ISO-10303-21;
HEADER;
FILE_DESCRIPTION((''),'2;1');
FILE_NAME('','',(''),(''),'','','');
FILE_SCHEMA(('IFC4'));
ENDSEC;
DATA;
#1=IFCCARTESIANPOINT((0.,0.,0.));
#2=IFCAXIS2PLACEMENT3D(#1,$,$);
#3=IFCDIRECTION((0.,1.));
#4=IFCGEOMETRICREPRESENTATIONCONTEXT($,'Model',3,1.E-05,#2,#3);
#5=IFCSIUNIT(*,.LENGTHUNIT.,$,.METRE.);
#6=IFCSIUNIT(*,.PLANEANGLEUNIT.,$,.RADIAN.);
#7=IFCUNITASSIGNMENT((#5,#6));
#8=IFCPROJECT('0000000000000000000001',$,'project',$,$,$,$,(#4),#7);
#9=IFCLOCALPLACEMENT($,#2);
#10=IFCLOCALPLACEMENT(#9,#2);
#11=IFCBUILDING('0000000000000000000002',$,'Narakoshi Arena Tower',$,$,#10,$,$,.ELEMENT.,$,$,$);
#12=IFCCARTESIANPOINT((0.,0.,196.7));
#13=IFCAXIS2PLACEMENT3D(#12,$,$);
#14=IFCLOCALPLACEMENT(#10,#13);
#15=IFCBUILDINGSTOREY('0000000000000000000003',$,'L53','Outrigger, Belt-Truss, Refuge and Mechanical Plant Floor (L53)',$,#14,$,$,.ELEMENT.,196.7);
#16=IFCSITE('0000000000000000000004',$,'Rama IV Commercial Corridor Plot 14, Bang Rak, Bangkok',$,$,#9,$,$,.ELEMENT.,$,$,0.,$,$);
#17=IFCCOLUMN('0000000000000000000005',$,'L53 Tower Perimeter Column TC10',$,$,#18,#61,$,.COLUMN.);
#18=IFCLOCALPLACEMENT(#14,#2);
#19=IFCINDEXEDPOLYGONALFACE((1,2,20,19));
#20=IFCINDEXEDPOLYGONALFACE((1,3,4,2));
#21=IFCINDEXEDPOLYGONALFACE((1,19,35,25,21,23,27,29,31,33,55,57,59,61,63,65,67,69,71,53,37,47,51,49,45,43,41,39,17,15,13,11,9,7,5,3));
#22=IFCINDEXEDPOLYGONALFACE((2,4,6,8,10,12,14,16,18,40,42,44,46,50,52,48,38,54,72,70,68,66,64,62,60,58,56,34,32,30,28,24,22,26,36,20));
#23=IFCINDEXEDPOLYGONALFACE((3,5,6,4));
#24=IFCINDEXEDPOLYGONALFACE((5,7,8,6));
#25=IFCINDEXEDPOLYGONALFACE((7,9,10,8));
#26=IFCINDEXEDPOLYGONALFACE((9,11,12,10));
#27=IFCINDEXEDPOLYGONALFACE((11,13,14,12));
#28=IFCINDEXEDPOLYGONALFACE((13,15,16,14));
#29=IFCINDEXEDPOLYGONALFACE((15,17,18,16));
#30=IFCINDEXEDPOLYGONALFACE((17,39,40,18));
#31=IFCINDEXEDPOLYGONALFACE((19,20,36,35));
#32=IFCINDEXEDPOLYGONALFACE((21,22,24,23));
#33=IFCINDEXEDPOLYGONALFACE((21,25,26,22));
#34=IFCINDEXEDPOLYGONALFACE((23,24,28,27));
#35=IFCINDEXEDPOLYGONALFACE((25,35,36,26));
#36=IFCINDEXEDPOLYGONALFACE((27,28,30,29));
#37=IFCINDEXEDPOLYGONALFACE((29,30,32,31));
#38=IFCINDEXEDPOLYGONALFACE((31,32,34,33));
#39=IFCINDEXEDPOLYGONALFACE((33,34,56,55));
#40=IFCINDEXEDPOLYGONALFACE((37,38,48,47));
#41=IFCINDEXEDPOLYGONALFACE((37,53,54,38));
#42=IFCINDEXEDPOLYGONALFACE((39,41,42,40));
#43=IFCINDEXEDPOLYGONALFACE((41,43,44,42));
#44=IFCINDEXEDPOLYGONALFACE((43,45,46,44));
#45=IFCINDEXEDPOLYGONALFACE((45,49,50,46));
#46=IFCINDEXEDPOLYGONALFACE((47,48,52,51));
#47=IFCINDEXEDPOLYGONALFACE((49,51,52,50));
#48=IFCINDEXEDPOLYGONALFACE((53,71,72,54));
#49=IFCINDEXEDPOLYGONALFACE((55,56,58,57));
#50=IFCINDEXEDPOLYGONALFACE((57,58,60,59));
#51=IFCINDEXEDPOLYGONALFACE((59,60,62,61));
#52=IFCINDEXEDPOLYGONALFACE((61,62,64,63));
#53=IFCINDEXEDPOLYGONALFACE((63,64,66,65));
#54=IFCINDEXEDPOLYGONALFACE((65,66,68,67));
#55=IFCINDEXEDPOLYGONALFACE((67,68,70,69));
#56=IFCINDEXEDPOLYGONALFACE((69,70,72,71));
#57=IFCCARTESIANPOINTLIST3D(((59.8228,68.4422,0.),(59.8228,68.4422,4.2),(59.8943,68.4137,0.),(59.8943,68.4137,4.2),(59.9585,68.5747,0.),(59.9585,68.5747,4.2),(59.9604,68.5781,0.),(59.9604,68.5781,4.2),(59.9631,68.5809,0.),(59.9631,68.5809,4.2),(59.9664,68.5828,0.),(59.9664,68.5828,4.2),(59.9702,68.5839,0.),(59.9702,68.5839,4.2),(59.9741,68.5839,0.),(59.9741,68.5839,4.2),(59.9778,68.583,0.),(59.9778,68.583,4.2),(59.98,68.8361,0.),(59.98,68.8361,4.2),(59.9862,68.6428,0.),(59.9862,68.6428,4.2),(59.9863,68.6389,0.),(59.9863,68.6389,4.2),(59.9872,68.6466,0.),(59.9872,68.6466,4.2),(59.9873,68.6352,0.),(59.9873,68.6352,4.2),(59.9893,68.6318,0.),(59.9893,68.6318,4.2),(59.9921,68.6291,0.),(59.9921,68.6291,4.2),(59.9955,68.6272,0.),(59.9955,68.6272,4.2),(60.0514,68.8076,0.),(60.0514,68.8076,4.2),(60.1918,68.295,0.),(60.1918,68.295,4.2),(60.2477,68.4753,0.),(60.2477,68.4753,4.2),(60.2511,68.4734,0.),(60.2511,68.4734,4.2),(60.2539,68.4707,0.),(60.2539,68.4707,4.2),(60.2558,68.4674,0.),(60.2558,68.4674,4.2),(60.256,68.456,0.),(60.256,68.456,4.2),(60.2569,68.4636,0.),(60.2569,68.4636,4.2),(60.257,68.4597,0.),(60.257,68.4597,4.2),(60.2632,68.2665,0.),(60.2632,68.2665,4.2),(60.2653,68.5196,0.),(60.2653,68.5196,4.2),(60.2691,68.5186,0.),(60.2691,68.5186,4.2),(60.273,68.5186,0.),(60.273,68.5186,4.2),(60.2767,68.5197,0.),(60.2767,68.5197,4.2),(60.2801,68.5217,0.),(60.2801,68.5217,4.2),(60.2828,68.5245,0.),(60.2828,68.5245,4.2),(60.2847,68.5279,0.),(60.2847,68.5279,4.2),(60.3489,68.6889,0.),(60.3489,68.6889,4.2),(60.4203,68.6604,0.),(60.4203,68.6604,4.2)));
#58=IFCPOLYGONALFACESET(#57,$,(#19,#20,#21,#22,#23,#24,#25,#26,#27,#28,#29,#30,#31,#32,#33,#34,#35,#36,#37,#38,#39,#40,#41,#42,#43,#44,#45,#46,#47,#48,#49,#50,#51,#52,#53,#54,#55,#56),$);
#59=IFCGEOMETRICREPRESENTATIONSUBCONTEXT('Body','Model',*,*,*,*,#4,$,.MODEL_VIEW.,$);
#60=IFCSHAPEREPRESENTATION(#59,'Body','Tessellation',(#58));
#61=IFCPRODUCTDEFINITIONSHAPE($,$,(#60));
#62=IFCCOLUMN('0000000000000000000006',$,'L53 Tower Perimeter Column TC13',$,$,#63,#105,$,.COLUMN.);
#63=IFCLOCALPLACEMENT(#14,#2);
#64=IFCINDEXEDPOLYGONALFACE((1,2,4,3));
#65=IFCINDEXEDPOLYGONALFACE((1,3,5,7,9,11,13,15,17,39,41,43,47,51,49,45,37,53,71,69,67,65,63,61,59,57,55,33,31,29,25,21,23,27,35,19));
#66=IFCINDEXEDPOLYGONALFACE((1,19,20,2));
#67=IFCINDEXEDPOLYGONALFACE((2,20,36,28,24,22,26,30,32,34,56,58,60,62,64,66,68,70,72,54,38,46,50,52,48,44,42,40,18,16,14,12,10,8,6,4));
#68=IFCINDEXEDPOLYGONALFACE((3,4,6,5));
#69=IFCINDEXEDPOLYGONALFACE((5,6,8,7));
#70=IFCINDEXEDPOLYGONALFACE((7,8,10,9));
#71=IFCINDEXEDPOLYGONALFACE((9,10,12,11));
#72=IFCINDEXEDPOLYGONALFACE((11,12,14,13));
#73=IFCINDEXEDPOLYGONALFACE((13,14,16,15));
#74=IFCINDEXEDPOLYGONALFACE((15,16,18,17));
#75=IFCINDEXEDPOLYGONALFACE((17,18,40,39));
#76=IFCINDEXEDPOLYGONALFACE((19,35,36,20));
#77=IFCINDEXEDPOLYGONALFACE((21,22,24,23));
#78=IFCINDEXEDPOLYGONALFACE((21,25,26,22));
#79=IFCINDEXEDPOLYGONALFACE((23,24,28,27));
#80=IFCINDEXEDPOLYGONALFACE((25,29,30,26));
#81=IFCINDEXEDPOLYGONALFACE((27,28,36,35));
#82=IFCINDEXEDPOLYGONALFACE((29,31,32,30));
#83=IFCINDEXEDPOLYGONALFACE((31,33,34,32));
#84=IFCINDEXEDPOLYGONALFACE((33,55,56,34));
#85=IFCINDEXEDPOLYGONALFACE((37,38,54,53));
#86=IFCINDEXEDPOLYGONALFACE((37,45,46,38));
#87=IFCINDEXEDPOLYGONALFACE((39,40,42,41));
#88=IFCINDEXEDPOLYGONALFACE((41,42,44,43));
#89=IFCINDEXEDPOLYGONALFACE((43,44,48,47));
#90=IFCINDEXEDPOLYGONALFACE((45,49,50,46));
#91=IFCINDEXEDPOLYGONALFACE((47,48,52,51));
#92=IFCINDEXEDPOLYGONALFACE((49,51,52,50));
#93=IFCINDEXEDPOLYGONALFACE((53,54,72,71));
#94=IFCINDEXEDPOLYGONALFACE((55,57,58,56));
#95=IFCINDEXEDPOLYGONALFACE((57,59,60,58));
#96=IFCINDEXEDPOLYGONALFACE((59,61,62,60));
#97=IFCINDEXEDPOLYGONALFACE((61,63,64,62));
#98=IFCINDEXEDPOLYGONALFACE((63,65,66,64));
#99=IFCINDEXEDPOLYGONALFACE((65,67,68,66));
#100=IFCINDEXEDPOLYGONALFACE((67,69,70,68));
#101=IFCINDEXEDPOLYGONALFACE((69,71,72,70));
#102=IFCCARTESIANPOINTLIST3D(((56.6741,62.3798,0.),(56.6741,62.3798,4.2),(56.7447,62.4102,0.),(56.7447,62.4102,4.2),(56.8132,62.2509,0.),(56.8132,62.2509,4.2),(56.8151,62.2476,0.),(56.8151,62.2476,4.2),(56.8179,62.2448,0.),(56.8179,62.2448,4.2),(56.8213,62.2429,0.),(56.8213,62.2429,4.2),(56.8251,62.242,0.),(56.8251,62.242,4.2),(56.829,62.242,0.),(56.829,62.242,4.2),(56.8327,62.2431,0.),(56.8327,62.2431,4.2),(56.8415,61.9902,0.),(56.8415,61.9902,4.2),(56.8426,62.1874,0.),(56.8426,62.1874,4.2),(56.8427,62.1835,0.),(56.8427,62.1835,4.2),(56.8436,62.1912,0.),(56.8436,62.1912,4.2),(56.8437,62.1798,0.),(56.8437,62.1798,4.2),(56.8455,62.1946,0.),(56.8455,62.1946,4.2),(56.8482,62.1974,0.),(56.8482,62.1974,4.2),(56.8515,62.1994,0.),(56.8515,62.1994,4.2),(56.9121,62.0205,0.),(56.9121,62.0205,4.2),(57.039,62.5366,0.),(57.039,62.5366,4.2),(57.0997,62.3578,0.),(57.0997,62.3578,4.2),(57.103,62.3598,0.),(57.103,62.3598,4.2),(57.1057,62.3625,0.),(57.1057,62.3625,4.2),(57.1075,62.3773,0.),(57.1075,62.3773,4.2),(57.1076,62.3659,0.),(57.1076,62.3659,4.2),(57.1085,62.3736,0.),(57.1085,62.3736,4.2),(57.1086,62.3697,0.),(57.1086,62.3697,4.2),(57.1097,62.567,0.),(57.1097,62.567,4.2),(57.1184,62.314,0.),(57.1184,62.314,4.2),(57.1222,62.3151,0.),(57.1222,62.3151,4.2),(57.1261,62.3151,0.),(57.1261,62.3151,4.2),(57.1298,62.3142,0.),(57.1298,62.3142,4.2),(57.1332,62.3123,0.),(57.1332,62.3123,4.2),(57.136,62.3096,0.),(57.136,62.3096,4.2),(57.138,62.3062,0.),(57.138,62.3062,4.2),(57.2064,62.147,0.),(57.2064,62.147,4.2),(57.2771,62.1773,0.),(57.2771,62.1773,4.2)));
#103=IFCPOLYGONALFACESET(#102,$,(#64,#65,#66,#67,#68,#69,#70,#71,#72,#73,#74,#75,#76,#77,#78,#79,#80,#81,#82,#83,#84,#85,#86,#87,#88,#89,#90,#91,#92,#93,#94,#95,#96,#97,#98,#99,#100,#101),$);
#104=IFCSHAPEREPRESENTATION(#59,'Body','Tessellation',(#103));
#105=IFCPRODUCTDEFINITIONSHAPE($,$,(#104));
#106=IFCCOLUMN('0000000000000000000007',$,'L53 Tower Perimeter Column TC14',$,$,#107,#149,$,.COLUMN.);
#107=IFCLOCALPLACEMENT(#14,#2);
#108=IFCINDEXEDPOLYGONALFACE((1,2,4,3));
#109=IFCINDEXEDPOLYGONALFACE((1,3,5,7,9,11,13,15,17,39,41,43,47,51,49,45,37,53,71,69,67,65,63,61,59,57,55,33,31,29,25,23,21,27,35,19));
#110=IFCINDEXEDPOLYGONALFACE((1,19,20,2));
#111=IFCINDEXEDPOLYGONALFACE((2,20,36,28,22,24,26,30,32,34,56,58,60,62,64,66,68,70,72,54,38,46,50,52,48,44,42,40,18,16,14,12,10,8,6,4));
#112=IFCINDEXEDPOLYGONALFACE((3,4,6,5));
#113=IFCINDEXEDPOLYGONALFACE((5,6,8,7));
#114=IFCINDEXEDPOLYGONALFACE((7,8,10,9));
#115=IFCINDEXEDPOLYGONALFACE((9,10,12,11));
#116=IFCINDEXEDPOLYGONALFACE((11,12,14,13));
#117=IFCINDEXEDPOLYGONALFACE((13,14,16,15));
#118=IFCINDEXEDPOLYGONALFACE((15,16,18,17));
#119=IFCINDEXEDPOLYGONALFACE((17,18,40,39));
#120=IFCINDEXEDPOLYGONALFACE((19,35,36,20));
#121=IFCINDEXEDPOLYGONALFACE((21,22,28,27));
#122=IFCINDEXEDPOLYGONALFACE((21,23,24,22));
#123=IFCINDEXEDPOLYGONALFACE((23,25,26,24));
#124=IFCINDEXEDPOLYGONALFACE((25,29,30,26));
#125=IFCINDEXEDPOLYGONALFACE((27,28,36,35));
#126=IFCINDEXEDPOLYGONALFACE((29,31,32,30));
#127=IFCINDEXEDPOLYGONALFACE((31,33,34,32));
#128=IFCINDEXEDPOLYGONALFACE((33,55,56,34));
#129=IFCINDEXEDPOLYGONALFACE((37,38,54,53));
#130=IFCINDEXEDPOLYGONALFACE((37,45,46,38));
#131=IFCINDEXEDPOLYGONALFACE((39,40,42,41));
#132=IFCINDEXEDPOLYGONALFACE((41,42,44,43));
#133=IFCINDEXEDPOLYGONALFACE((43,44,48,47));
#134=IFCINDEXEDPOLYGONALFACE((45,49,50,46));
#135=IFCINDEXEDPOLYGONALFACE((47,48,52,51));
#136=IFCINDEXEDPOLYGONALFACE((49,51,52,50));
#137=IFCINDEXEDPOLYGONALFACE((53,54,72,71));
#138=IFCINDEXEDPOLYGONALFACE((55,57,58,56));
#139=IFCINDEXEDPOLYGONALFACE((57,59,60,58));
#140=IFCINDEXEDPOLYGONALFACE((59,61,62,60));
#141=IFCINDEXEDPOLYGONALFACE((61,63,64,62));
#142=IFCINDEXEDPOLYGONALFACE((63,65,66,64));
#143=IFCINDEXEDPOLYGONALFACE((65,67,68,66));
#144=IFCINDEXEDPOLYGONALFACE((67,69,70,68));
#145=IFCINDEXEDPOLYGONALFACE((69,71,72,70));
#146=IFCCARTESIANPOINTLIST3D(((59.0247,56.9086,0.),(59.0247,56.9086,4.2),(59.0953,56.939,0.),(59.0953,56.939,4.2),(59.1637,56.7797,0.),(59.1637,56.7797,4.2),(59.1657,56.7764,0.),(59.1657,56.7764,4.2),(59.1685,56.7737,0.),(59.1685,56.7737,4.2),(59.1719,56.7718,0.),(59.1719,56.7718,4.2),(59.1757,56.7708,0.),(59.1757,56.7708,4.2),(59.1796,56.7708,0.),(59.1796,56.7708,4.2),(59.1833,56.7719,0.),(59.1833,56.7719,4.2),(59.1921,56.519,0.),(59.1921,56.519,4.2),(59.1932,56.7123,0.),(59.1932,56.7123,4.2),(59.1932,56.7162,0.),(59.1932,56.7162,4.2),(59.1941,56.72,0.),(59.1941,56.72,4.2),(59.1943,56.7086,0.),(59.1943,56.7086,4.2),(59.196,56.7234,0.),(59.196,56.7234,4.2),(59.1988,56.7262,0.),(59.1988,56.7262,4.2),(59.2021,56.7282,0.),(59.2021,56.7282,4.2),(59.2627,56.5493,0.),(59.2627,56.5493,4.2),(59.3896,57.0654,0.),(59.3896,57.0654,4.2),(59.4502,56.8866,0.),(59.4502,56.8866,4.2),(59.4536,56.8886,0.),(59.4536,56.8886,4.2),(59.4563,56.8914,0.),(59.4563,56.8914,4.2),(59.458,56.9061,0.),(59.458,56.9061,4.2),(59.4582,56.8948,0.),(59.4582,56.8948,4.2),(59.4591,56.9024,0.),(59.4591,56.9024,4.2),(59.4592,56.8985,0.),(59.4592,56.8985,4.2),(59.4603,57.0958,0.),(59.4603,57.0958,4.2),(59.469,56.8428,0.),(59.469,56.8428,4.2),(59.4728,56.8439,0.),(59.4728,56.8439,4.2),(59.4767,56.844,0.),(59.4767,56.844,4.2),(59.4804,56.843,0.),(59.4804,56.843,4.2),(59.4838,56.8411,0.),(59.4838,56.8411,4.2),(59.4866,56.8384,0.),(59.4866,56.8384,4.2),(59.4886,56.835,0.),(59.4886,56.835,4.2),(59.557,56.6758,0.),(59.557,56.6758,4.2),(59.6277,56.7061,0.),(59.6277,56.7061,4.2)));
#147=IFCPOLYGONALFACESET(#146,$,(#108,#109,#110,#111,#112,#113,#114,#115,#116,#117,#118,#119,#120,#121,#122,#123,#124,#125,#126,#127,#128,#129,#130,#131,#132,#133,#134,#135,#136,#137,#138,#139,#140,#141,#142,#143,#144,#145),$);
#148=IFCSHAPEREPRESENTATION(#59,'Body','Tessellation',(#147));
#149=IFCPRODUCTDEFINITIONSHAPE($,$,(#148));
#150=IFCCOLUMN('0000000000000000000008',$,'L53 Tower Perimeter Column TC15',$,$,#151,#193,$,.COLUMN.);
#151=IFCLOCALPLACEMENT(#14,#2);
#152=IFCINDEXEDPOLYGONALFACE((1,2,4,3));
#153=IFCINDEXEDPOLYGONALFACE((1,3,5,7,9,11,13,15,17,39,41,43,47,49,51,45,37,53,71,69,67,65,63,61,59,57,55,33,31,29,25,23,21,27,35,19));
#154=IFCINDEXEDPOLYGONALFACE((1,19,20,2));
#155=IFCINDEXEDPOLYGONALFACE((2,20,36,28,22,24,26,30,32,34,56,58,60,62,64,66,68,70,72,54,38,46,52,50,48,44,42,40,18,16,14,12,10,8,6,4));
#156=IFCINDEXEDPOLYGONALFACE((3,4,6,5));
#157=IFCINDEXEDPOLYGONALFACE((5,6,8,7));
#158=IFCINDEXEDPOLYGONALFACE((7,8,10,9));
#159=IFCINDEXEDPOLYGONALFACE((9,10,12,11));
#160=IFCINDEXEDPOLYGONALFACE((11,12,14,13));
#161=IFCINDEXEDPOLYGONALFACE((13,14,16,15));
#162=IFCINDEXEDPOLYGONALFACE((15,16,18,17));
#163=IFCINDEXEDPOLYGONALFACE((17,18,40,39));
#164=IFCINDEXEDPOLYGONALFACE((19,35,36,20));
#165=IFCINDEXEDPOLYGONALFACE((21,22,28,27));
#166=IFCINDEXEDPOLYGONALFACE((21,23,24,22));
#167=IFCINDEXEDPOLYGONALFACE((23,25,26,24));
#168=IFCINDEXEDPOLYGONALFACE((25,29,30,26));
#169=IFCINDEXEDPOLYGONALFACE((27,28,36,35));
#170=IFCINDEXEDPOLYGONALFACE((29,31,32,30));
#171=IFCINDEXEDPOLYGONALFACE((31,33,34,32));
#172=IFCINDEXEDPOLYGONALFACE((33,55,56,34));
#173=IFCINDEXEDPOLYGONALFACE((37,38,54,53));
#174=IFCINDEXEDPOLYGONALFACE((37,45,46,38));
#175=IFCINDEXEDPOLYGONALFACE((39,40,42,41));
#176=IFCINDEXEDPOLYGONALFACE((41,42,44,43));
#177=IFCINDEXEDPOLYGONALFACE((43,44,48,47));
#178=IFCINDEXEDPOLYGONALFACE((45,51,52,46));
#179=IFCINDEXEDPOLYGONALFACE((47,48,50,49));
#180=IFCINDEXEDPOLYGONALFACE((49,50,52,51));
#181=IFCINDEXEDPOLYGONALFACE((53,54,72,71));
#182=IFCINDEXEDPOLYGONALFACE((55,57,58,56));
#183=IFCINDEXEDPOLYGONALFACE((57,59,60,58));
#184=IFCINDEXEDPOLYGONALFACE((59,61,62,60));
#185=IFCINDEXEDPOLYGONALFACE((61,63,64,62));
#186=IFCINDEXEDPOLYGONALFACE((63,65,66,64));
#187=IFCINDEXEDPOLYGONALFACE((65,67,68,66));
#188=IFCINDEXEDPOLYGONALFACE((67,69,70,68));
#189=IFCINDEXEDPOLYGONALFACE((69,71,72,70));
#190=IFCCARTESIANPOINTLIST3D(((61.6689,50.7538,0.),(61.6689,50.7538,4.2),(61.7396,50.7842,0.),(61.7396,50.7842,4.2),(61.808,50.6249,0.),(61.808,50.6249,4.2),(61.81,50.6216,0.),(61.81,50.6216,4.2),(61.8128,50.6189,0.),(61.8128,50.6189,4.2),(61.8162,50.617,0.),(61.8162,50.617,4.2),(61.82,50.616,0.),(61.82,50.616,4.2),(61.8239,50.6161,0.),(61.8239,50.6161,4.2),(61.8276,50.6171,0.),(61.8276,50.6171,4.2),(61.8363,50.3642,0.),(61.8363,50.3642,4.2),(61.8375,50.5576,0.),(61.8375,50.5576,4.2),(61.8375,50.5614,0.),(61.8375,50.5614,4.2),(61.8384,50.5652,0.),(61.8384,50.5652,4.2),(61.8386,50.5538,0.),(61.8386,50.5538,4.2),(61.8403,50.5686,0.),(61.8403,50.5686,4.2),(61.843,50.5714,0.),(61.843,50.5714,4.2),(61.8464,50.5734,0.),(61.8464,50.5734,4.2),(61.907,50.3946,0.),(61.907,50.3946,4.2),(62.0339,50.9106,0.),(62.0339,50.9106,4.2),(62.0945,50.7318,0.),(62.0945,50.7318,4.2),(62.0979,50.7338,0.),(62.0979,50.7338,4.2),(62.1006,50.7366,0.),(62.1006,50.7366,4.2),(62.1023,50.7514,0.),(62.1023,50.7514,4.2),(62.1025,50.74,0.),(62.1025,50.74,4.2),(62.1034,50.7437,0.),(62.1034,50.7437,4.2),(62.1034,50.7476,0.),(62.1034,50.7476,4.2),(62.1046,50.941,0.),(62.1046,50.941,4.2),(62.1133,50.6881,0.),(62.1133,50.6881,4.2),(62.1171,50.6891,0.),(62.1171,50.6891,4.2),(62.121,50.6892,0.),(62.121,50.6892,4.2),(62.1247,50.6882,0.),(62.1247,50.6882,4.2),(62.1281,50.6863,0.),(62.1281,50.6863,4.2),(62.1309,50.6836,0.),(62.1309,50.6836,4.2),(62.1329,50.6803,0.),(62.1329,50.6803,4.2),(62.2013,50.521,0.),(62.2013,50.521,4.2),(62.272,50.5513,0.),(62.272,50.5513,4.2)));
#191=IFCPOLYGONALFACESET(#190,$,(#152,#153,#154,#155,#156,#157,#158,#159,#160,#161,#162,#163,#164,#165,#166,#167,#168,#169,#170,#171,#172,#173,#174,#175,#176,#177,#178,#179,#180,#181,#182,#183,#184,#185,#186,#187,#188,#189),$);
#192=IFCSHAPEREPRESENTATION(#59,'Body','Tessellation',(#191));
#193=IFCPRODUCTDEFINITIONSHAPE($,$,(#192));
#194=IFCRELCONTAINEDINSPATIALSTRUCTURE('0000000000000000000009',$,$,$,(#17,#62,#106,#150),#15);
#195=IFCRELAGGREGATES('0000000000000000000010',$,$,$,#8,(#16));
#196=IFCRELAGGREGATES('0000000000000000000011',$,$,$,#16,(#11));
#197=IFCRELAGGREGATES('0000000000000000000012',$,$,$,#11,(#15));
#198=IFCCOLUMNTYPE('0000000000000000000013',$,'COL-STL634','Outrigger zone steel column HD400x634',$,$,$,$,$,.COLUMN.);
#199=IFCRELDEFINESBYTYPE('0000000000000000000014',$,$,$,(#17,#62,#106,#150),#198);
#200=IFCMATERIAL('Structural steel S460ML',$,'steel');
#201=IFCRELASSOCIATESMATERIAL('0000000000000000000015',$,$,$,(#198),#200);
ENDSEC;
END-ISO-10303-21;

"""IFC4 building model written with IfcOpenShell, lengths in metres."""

from ifc_helpers import new_model, si_unit, direction, frame, origin, origin_2d, place, context, subcontext, project, spatial, i_section, extrude, material, material_profile, profile_set, type_object, element, save


model = new_model("IFC4")

# Units and contexts
model_context = context("Model", 3, precision=1e-05, world=origin(), true_north=direction((0.0, 1.0)))
body_context = subcontext(model_context, "Body", "Model", "MODEL_VIEW")
ifc_project = project(units=[si_unit("LENGTHUNIT", "METRE"), si_unit("PLANEANGLEUNIT", "RADIAN")], contexts=[model_context])

# Site, building, storey
site_placement = place(None, origin())
site = spatial("IfcSite", under=ifc_project, at=site_placement, Name="Rama IV Commercial Corridor Plot 14, Bang Rak, Bangkok", CompositionType="ELEMENT", RefElevation=0.0)
building_placement = place(site_placement, origin())
building = spatial("IfcBuilding", under=site, at=building_placement, Name="Narakoshi Arena Tower", CompositionType="ELEMENT")
storey_placement = place(building_placement, frame((0.0, 0.0, 196.7)))
storey = spatial("IfcBuildingStorey", under=building, at=storey_placement, Name="L53", Description="Outrigger, Belt-Truss, Refuge and Mechanical Plant Floor (L53)", CompositionType="ELEMENT", Elevation=196.7)

# Columns
ifc_material_1 = material(Name="Structural steel S460ML", Category="steel")
ifc_material_profile_1 = material_profile(ifc_material_1, i_section(OverallWidth=0.4241, OverallDepth=0.4741, WebThickness=0.0476, FlangeThickness=0.0769, FilletRadius=0.0149, at=origin_2d()), Name="HD400x634")
ifc_profile_set_1 = profile_set([ifc_material_profile_1], Name="Structural steel S460ML")
column_type = type_object("IfcColumnType", Name="COL-STL634", Description="Outrigger zone steel column HD400x634", PredefinedType="COLUMN", material=ifc_profile_set_1)
for number, where, z_axis, x_axis, name in (
    (1, (60.1216, 68.5513, 0.0), (0.0, 0.0, 1.0), (0.370557, 0.92881, 0.0), "L53 Tower Perimeter Column TC10"),
    (2, (56.9756, 62.2786, 0.0), (0.0, 0.0, 1.0), (-0.394744, 0.918791, 0.0), "L53 Tower Perimeter Column TC13"),
    (3, (59.3262, 56.8074, 0.0), (0.0, 0.0, 1.0), (-0.394744, 0.918791, 0.0), "L53 Tower Perimeter Column TC14"),
    (4, (61.9705, 50.6526, 0.0), (0.0, 0.0, 1.0), (-0.394744, 0.918791, 0.0), "L53 Tower Perimeter Column TC15"),
):
    element("IfcColumn", number, at=place(storey_placement, frame(where, z_axis=z_axis, x_axis=x_axis)), inside=storey, type_object=column_type, Name=name, PredefinedType="COLUMN", context=body_context, shape_type="SweptSolid", body=[
        extrude(i_section(OverallWidth=0.4241, OverallDepth=0.4741, WebThickness=0.0476, FlangeThickness=0.0769, FilletRadius=0.0149, at=origin_2d()), origin(), (0.0, 0.0, 1.0), 4.2),
    ])

save(model, "model.ifc")
